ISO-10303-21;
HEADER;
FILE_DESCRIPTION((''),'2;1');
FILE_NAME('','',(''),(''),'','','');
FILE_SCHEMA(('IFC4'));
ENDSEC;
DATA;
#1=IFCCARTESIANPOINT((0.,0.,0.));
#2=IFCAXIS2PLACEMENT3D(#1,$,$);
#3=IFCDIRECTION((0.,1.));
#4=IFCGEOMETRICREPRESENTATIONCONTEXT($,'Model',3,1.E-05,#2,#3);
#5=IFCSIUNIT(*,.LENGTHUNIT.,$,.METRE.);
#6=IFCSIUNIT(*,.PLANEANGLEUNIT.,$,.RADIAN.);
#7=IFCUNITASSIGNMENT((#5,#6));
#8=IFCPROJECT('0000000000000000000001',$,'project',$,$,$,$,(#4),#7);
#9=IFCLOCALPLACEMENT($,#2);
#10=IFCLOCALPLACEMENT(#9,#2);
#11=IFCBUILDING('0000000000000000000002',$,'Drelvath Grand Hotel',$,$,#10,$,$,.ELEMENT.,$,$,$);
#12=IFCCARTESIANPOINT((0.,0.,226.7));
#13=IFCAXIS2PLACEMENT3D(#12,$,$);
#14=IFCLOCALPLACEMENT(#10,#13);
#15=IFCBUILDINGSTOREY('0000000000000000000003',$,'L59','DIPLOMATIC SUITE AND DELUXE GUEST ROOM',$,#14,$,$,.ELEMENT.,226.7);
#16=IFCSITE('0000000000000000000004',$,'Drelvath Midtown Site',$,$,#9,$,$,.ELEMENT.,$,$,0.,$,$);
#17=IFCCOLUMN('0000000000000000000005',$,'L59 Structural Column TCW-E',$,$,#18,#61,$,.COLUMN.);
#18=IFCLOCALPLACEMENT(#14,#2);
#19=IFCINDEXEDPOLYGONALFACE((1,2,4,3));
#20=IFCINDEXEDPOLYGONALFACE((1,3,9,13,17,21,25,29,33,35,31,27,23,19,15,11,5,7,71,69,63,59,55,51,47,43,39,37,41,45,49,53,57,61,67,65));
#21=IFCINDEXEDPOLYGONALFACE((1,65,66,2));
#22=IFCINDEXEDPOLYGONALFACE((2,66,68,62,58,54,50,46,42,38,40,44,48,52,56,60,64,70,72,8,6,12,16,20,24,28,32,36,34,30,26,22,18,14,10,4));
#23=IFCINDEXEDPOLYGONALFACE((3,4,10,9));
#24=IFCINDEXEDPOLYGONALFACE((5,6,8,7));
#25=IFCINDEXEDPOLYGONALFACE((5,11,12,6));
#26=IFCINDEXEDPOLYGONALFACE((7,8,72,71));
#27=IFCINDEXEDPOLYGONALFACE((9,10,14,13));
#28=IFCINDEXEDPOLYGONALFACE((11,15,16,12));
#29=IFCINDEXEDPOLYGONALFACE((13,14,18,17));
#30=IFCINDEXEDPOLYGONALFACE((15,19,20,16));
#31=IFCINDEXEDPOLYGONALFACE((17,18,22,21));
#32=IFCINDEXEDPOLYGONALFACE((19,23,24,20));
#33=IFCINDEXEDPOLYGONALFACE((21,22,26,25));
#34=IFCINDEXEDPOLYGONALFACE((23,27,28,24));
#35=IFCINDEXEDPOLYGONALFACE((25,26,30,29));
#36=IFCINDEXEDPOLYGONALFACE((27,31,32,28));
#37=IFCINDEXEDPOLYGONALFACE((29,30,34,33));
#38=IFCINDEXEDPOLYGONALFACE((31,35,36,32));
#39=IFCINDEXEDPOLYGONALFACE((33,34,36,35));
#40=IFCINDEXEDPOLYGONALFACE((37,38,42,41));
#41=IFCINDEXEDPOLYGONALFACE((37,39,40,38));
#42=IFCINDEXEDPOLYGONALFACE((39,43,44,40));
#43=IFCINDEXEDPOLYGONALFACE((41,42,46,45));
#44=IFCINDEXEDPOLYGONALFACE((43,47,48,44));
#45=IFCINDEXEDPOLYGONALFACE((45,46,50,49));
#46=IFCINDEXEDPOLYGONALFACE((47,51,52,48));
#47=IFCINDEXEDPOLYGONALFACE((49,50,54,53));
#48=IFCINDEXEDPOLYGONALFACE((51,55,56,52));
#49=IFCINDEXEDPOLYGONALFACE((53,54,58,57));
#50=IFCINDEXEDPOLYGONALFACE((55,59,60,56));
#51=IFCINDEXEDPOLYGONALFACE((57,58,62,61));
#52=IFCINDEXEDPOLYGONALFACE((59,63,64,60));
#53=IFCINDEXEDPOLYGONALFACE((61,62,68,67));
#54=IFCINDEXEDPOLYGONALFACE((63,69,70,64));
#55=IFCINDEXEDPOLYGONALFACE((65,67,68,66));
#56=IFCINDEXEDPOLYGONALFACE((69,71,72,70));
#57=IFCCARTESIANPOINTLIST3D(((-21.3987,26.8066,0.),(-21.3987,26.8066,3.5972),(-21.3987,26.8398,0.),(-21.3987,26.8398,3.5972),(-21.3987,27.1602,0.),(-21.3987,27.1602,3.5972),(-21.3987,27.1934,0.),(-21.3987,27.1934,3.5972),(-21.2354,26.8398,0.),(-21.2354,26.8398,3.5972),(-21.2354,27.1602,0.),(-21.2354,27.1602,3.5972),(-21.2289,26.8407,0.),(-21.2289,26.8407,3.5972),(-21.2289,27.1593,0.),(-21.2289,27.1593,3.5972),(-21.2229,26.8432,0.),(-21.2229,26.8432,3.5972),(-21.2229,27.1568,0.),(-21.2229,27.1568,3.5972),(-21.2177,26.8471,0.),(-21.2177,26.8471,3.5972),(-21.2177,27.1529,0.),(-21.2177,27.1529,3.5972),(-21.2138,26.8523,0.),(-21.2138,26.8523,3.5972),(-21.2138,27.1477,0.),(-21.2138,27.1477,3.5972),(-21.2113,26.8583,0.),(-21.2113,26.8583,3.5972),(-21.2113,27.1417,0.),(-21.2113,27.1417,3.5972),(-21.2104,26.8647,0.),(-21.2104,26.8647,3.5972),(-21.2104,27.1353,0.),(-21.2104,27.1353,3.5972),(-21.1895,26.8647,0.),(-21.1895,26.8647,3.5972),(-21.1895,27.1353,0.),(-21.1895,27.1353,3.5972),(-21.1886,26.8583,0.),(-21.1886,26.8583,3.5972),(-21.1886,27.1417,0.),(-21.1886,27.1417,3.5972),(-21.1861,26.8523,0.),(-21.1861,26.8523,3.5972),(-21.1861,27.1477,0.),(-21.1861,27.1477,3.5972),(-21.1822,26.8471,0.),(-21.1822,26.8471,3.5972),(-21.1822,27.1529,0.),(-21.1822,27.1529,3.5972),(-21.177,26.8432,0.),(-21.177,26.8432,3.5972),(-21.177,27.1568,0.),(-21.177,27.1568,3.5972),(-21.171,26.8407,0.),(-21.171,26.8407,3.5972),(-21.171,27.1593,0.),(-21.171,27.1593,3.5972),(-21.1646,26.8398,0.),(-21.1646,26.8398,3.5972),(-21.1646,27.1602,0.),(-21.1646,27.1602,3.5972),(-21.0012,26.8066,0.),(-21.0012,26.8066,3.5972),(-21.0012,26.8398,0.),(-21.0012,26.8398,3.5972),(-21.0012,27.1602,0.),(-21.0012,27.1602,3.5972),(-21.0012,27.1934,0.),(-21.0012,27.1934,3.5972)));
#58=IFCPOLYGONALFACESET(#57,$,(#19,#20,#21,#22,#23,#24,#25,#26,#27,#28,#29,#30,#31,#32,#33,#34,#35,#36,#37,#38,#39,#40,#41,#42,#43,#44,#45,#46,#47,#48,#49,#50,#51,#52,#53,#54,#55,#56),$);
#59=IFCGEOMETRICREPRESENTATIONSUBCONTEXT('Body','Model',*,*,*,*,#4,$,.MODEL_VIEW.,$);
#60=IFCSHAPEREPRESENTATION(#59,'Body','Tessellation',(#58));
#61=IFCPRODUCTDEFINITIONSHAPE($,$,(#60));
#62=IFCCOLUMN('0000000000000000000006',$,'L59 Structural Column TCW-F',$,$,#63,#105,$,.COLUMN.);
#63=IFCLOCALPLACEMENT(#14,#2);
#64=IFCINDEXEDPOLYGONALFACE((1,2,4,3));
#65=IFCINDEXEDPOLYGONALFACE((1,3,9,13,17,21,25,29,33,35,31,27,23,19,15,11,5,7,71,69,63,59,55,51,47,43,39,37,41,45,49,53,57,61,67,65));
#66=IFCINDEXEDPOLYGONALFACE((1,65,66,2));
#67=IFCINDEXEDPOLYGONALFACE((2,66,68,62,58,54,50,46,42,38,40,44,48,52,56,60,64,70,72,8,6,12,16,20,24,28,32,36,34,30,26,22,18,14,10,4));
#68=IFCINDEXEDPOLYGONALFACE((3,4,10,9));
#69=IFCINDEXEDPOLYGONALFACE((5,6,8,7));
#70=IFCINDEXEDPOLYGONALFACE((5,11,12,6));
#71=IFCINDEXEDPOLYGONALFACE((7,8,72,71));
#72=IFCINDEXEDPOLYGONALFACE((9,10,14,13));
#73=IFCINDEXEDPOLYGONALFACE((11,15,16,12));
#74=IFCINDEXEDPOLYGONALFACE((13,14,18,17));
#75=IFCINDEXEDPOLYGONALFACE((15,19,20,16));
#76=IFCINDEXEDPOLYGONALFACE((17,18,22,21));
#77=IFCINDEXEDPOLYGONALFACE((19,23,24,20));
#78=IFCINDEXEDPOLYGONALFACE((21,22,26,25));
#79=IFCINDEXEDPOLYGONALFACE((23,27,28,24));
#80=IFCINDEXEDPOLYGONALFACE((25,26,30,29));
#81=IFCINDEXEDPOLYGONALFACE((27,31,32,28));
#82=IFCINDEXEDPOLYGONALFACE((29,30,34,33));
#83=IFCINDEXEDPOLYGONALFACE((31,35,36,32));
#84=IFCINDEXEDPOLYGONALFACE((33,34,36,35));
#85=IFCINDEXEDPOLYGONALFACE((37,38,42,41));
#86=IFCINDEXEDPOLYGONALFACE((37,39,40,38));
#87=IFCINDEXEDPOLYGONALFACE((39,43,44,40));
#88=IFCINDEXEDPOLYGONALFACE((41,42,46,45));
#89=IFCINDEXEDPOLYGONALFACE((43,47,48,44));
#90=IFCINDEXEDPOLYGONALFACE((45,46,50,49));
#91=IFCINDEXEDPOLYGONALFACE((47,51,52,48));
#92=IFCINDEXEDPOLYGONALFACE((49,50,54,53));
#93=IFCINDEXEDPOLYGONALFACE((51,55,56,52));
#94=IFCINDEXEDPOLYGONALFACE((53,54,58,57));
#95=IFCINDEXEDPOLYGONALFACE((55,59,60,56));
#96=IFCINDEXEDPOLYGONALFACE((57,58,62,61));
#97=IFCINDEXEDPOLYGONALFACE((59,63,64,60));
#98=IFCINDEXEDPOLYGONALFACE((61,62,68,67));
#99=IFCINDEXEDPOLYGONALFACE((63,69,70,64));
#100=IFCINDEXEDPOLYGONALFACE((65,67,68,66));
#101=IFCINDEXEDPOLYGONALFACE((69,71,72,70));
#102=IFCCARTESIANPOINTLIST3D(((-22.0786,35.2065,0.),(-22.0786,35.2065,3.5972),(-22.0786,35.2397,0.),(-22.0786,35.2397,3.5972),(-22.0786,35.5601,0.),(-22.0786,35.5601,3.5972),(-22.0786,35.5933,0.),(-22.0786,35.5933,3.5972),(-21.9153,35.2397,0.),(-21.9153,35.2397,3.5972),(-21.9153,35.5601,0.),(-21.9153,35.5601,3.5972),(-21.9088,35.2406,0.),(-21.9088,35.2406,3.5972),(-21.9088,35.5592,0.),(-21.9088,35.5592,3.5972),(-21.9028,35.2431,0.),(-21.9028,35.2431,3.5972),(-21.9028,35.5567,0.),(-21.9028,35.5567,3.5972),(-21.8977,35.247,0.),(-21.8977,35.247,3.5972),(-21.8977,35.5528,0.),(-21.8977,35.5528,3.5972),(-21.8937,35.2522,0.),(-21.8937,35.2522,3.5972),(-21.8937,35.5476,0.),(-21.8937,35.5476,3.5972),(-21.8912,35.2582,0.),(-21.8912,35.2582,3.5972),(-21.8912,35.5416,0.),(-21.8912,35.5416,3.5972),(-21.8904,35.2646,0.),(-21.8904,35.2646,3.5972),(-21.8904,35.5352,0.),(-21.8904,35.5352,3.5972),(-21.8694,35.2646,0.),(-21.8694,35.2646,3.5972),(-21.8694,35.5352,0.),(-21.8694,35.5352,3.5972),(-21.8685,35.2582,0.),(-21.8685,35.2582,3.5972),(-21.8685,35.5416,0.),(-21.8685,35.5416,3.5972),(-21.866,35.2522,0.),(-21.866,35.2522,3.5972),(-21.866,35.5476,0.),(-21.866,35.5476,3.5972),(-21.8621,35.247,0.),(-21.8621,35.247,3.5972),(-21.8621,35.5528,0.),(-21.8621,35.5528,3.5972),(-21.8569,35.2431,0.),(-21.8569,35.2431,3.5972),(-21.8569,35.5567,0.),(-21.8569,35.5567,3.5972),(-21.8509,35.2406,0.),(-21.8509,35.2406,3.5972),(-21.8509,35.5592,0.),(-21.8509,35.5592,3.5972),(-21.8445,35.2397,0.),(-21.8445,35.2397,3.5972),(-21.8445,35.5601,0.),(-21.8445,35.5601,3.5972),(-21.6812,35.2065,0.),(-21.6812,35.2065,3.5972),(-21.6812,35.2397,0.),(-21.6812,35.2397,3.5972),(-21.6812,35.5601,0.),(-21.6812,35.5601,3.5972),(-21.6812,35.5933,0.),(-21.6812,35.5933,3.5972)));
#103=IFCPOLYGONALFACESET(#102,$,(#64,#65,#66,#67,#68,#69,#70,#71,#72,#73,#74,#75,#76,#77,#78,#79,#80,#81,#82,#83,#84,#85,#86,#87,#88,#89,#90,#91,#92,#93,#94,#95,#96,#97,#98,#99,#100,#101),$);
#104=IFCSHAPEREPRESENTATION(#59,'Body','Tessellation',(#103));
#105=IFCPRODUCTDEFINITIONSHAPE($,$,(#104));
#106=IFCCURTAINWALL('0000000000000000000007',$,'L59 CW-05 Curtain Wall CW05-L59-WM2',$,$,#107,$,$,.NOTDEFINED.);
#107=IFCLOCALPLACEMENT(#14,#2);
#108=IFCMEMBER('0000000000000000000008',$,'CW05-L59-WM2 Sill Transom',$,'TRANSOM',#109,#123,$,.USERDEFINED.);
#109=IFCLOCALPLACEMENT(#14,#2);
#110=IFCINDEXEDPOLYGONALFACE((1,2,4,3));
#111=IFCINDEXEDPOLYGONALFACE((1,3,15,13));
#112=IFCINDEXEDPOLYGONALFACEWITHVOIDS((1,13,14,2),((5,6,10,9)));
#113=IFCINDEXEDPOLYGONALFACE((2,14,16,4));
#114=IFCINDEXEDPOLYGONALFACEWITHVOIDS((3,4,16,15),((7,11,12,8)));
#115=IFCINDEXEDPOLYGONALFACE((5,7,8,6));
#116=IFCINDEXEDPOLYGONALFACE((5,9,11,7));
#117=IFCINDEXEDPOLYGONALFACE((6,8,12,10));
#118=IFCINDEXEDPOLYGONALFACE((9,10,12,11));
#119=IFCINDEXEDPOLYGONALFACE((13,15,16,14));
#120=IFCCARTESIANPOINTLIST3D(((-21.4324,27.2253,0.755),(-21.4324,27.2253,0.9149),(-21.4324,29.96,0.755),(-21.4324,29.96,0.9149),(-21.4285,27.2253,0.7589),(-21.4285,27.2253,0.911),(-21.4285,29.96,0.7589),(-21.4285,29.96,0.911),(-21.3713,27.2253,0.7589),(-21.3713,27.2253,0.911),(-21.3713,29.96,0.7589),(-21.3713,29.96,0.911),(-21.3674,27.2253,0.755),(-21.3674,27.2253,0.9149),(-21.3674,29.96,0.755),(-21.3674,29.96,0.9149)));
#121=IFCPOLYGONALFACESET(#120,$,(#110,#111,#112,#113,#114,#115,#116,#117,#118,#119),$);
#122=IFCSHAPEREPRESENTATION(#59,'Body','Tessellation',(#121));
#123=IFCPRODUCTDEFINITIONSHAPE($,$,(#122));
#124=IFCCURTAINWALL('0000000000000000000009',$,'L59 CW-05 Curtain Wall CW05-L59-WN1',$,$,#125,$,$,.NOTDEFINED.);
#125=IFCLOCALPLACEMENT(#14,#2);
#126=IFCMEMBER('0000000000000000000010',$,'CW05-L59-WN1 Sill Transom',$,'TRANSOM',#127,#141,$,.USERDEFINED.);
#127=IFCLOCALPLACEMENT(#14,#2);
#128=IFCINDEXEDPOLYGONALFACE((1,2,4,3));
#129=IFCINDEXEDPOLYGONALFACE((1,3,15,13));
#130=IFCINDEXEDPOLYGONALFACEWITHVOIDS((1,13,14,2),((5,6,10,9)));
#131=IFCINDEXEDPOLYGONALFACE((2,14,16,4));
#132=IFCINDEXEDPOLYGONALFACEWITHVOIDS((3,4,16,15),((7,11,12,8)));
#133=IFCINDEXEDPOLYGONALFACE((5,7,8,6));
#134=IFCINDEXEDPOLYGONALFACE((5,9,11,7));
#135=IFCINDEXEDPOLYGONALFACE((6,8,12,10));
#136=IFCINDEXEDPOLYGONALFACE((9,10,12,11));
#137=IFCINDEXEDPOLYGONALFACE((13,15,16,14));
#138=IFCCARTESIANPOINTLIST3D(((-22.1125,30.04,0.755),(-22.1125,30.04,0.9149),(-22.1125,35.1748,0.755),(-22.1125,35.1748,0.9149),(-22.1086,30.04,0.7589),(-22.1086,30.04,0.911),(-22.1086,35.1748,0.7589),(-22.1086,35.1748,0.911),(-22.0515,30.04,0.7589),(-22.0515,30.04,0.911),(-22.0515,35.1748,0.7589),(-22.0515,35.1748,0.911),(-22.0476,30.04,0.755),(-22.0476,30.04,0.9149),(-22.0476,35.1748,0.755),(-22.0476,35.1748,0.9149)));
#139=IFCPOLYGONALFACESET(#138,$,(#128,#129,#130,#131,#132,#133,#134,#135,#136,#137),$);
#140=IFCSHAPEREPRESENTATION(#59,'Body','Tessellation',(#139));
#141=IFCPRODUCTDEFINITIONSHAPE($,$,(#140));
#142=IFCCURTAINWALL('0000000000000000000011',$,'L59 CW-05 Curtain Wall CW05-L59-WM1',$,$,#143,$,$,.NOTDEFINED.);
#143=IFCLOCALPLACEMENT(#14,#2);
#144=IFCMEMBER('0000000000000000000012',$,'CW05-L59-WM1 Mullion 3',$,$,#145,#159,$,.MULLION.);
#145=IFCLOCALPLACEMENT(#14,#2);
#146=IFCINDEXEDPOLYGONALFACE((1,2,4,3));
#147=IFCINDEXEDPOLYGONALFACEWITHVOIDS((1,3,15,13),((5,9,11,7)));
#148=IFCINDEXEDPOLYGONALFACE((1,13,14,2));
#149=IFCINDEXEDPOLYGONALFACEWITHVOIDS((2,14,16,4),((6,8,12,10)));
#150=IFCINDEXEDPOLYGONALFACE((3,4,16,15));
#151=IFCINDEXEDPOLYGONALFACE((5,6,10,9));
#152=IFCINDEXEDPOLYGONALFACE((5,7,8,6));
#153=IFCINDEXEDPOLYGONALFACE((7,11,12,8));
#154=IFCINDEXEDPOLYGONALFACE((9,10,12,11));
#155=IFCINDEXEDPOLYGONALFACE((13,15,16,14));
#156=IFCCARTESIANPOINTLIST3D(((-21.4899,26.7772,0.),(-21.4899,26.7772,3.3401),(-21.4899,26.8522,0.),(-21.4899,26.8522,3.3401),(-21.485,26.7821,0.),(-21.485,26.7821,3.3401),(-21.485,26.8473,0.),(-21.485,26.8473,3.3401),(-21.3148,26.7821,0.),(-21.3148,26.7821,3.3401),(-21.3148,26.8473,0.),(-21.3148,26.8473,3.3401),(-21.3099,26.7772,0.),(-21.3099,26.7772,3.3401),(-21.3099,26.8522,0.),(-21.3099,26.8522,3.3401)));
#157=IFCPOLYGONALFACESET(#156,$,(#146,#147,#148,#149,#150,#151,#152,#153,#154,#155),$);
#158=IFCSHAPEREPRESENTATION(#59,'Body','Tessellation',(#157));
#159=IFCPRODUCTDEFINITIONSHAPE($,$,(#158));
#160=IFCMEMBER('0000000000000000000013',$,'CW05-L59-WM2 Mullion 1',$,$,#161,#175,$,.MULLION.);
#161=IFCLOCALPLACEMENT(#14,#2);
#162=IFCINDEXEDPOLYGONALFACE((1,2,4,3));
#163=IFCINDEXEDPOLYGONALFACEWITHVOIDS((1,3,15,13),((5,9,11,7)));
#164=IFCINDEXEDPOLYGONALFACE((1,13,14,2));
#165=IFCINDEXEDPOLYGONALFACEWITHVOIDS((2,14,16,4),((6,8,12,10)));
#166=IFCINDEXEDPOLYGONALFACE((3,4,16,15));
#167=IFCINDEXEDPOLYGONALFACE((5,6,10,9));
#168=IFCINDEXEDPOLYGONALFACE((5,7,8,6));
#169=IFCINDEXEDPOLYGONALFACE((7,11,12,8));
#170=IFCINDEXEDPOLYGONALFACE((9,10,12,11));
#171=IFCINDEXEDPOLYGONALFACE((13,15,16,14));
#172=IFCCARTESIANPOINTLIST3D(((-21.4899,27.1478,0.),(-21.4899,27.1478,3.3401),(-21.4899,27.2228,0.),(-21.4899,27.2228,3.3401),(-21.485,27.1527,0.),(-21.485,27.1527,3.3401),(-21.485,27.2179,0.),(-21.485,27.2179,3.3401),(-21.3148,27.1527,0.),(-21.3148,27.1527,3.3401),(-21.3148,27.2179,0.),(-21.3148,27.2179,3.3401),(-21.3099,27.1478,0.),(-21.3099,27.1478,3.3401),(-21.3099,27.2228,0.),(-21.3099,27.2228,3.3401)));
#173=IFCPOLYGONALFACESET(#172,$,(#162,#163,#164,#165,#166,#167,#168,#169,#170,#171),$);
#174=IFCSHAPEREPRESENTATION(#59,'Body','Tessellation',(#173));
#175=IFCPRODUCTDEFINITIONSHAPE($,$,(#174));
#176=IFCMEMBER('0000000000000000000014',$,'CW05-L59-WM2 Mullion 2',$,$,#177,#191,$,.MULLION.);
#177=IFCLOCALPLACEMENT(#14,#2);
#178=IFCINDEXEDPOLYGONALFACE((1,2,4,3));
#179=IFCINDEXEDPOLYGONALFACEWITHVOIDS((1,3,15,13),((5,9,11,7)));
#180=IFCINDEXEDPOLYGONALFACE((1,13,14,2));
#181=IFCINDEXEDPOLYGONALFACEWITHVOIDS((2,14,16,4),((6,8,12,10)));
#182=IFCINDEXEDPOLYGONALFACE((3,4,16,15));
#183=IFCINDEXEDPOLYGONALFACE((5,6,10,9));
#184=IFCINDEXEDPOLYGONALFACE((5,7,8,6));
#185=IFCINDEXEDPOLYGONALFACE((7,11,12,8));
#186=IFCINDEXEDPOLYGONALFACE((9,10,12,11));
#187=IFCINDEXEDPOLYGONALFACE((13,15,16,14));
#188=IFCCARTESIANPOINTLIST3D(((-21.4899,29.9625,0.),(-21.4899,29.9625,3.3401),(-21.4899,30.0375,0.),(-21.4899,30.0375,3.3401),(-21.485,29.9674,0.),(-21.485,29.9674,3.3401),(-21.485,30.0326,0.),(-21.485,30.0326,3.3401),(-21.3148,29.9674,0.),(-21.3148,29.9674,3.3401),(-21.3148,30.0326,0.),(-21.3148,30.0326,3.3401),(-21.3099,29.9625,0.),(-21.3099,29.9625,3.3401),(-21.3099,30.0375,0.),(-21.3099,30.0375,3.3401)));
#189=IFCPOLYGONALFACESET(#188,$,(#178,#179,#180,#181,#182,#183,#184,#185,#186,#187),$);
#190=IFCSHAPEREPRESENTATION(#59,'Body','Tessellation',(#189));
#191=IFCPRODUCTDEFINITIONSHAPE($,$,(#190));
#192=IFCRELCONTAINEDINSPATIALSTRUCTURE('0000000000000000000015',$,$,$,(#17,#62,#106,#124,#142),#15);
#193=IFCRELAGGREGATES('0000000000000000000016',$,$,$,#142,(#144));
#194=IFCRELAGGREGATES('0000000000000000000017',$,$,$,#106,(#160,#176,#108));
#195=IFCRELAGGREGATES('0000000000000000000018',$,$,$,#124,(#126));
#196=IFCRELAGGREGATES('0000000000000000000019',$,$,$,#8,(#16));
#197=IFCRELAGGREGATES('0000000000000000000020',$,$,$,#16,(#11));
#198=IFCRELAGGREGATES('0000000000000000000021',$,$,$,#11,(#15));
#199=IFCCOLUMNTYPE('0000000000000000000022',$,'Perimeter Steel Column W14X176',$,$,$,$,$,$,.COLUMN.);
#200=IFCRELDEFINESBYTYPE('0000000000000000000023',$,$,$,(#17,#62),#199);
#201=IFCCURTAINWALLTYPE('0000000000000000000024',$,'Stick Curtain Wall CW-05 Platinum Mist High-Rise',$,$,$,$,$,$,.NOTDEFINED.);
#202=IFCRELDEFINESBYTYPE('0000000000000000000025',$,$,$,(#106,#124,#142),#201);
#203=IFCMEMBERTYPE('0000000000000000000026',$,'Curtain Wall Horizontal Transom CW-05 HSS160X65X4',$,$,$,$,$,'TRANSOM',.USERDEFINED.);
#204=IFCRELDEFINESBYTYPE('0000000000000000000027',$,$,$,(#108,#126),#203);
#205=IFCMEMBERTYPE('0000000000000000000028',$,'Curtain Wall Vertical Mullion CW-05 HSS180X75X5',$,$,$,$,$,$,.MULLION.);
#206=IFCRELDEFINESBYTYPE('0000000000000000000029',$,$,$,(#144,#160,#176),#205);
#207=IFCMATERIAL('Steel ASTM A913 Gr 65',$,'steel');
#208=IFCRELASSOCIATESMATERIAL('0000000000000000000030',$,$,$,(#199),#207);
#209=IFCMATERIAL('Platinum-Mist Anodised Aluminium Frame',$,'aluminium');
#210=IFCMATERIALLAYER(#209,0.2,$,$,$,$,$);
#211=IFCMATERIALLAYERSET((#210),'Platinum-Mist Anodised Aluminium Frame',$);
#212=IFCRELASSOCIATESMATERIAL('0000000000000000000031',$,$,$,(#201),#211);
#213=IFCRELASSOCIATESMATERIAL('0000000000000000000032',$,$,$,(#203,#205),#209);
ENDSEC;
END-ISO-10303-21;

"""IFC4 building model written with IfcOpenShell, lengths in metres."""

from ifc_helpers import new_model, si_unit, direction, frame, origin, origin_2d, place, context, subcontext, project, spatial, hollow_rectangle, i_section, extrude, material, layer, layer_set, material_profile, profile_set, type_object, element, aggregate, save


model = new_model("IFC4")

# Units and contexts
model_context = context("Model", 3, precision=1e-05, world=origin(), true_north=direction((0.0, 1.0)))
body_context = subcontext(model_context, "Body", "Model", "MODEL_VIEW")
ifc_project = project(units=[si_unit("LENGTHUNIT", "METRE"), si_unit("PLANEANGLEUNIT", "RADIAN")], contexts=[model_context])

# Site, building, storey
site_placement = place(None, origin())
site = spatial("IfcSite", under=ifc_project, at=site_placement, Name="Drelvath Midtown Site", CompositionType="ELEMENT", RefElevation=0.0)
building_placement = place(site_placement, origin())
building = spatial("IfcBuilding", under=site, at=building_placement, Name="Drelvath Grand Hotel", CompositionType="ELEMENT")
storey_placement = place(building_placement, frame((0.0, 0.0, 226.7)))
storey = spatial("IfcBuildingStorey", under=building, at=storey_placement, Name="L59", Description="DIPLOMATIC SUITE AND DELUXE GUEST ROOM", CompositionType="ELEMENT", Elevation=226.7)

# Columns
ifc_material_1 = material(Name="Steel ASTM A913 Gr 65", Category="steel")
ifc_material_profile_1 = material_profile(ifc_material_1, i_section(OverallWidth=0.3975, OverallDepth=0.3867, WebThickness=0.021, FlangeThickness=0.0332, FilletRadius=0.0249, at=origin_2d()), Name="W14X176")
ifc_profile_set_1 = profile_set([ifc_material_profile_1], Name="Steel ASTM A913 Gr 65")
column_type = type_object("IfcColumnType", Name="Perimeter Steel Column W14X176", PredefinedType="COLUMN", material=ifc_profile_set_1)
for number, where, z_axis, x_axis, name in (
    (1, (-21.2, 27.0, 0.0), (0.0, 0.0, 1.0), (1.0, 0.0, 0.0), "L59 Structural Column TCW-E"),
    (2, (-21.8799, 35.3999, 0.0), (0.0, 0.0, 1.0), (1.0, 0.0, 0.0), "L59 Structural Column TCW-F"),
):
    element("IfcColumn", number, at=place(storey_placement, frame(where, z_axis=z_axis, x_axis=x_axis)), inside=storey, type_object=column_type, Name=name, PredefinedType="COLUMN", context=body_context, shape_type="SweptSolid", body=[
        extrude(i_section(OverallWidth=0.3975, OverallDepth=0.3867, WebThickness=0.021, FlangeThickness=0.0332, FilletRadius=0.0249, at=origin_2d()), origin(), (0.0, 0.0, 1.0), 3.5972),
    ])

# Curtain walls, members
ifc_material_2 = material(Name="Platinum-Mist Anodised Aluminium Frame", Category="aluminium")
ifc_layer_1 = layer(ifc_material_2, 0.2)
ifc_layer_set_1 = layer_set([ifc_layer_1], Name="Platinum-Mist Anodised Aluminium Frame")
curtain_wall_type = type_object("IfcCurtainWallType", Name="Stick Curtain Wall CW-05 Platinum Mist High-Rise", PredefinedType="NOTDEFINED", material=ifc_layer_set_1)
curtain_wall_1_placement = place(storey_placement, origin())
curtain_wall_1 = element("IfcCurtainWall", 3, at=curtain_wall_1_placement, inside=storey, type_object=curtain_wall_type, Name="L59 CW-05 Curtain Wall CW05-L59-WM2", PredefinedType="NOTDEFINED")
ifc_material_profile_2 = material_profile(ifc_material_2, hollow_rectangle(XDim=0.0649, YDim=0.1599, WallThickness=0.0039, at=origin_2d()), Name="HSS160X65X4")
ifc_profile_set_2 = profile_set([ifc_material_profile_2], Name="Platinum-Mist Anodised Aluminium Frame")
member_type_1 = type_object("IfcMemberType", Name="Curtain Wall Horizontal Transom CW-05 HSS160X65X4", ElementType="TRANSOM", PredefinedType="USERDEFINED", material=ifc_profile_set_2)
member_1_placement = place(storey_placement, frame((-21.3999, 27.2253, 0.835), z_axis=(0.0, 1.0, 0.0), x_axis=(-1.0, 0.0, 0.0)))
member_1 = element("IfcMember", 4, at=member_1_placement, type_object=member_type_1, Name="CW05-L59-WM2 Sill Transom", ObjectType="TRANSOM", PredefinedType="USERDEFINED", context=body_context, shape_type="SweptSolid", body=[
    extrude(hollow_rectangle(XDim=0.0649, YDim=0.1599, WallThickness=0.0039, at=origin_2d()), origin(), (0.0, 0.0, 1.0), 2.7346),
])
curtain_wall_2_placement = place(storey_placement, origin())
curtain_wall_2 = element("IfcCurtainWall", 5, at=curtain_wall_2_placement, inside=storey, type_object=curtain_wall_type, Name="L59 CW-05 Curtain Wall CW05-L59-WN1", PredefinedType="NOTDEFINED")
member_2_placement = place(storey_placement, frame((-22.0801, 30.04, 0.835), z_axis=(0.0, 1.0, 0.0), x_axis=(-1.0, 0.0, 0.0)))
member_2 = element("IfcMember", 6, at=member_2_placement, type_object=member_type_1, Name="CW05-L59-WN1 Sill Transom", ObjectType="TRANSOM", PredefinedType="USERDEFINED", context=body_context, shape_type="SweptSolid", body=[
    extrude(hollow_rectangle(XDim=0.0649, YDim=0.1599, WallThickness=0.0039, at=origin_2d()), origin(), (0.0, 0.0, 1.0), 5.1348),
])
curtain_wall_3_placement = place(storey_placement, origin())
curtain_wall_3 = element("IfcCurtainWall", 7, at=curtain_wall_3_placement, inside=storey, type_object=curtain_wall_type, Name="L59 CW-05 Curtain Wall CW05-L59-WM1", PredefinedType="NOTDEFINED")
ifc_material_profile_3 = material_profile(ifc_material_2, hollow_rectangle(XDim=0.075, YDim=0.1799, WallThickness=0.0049, at=origin_2d()), Name="HSS180X75X5")
ifc_profile_set_3 = profile_set([ifc_material_profile_3], Name="Platinum-Mist Anodised Aluminium Frame")
member_type_2 = type_object("IfcMemberType", Name="Curtain Wall Vertical Mullion CW-05 HSS180X75X5", PredefinedType="MULLION", material=ifc_profile_set_3)
member_3_placement = place(storey_placement, frame((-21.3999, 26.8147, 0.0), z_axis=(0.0, 0.0, 1.0), x_axis=(0.0, 1.0, 0.0)))
member_3 = element("IfcMember", 8, at=member_3_placement, type_object=member_type_2, Name="CW05-L59-WM1 Mullion 3", PredefinedType="MULLION", context=body_context, shape_type="SweptSolid", body=[
    extrude(hollow_rectangle(XDim=0.075, YDim=0.1799, WallThickness=0.0049, at=origin_2d()), origin(), (0.0, 0.0, 1.0), 3.3401),
])
aggregate(curtain_wall_3, [member_3])

# Members
member_4_placement = place(storey_placement, frame((-21.3999, 27.1853, 0.0), z_axis=(0.0, 0.0, 1.0), x_axis=(0.0, 1.0, 0.0)))
member_4 = element("IfcMember", 9, at=member_4_placement, type_object=member_type_2, Name="CW05-L59-WM2 Mullion 1", PredefinedType="MULLION", context=body_context, shape_type="SweptSolid", body=[
    extrude(hollow_rectangle(XDim=0.075, YDim=0.1799, WallThickness=0.0049, at=origin_2d()), origin(), (0.0, 0.0, 1.0), 3.3401),
])
member_5_placement = place(storey_placement, frame((-21.3999, 30.0, 0.0), z_axis=(0.0, 0.0, 1.0), x_axis=(0.0, 1.0, 0.0)))
member_5 = element("IfcMember", 10, at=member_5_placement, type_object=member_type_2, Name="CW05-L59-WM2 Mullion 2", PredefinedType="MULLION", context=body_context, shape_type="SweptSolid", body=[
    extrude(hollow_rectangle(XDim=0.075, YDim=0.1799, WallThickness=0.0049, at=origin_2d()), origin(), (0.0, 0.0, 1.0), 3.3401),
])

aggregate(curtain_wall_1, [member_4, member_5, member_1])
aggregate(curtain_wall_2, [member_2])

save(model, "model.ifc")
